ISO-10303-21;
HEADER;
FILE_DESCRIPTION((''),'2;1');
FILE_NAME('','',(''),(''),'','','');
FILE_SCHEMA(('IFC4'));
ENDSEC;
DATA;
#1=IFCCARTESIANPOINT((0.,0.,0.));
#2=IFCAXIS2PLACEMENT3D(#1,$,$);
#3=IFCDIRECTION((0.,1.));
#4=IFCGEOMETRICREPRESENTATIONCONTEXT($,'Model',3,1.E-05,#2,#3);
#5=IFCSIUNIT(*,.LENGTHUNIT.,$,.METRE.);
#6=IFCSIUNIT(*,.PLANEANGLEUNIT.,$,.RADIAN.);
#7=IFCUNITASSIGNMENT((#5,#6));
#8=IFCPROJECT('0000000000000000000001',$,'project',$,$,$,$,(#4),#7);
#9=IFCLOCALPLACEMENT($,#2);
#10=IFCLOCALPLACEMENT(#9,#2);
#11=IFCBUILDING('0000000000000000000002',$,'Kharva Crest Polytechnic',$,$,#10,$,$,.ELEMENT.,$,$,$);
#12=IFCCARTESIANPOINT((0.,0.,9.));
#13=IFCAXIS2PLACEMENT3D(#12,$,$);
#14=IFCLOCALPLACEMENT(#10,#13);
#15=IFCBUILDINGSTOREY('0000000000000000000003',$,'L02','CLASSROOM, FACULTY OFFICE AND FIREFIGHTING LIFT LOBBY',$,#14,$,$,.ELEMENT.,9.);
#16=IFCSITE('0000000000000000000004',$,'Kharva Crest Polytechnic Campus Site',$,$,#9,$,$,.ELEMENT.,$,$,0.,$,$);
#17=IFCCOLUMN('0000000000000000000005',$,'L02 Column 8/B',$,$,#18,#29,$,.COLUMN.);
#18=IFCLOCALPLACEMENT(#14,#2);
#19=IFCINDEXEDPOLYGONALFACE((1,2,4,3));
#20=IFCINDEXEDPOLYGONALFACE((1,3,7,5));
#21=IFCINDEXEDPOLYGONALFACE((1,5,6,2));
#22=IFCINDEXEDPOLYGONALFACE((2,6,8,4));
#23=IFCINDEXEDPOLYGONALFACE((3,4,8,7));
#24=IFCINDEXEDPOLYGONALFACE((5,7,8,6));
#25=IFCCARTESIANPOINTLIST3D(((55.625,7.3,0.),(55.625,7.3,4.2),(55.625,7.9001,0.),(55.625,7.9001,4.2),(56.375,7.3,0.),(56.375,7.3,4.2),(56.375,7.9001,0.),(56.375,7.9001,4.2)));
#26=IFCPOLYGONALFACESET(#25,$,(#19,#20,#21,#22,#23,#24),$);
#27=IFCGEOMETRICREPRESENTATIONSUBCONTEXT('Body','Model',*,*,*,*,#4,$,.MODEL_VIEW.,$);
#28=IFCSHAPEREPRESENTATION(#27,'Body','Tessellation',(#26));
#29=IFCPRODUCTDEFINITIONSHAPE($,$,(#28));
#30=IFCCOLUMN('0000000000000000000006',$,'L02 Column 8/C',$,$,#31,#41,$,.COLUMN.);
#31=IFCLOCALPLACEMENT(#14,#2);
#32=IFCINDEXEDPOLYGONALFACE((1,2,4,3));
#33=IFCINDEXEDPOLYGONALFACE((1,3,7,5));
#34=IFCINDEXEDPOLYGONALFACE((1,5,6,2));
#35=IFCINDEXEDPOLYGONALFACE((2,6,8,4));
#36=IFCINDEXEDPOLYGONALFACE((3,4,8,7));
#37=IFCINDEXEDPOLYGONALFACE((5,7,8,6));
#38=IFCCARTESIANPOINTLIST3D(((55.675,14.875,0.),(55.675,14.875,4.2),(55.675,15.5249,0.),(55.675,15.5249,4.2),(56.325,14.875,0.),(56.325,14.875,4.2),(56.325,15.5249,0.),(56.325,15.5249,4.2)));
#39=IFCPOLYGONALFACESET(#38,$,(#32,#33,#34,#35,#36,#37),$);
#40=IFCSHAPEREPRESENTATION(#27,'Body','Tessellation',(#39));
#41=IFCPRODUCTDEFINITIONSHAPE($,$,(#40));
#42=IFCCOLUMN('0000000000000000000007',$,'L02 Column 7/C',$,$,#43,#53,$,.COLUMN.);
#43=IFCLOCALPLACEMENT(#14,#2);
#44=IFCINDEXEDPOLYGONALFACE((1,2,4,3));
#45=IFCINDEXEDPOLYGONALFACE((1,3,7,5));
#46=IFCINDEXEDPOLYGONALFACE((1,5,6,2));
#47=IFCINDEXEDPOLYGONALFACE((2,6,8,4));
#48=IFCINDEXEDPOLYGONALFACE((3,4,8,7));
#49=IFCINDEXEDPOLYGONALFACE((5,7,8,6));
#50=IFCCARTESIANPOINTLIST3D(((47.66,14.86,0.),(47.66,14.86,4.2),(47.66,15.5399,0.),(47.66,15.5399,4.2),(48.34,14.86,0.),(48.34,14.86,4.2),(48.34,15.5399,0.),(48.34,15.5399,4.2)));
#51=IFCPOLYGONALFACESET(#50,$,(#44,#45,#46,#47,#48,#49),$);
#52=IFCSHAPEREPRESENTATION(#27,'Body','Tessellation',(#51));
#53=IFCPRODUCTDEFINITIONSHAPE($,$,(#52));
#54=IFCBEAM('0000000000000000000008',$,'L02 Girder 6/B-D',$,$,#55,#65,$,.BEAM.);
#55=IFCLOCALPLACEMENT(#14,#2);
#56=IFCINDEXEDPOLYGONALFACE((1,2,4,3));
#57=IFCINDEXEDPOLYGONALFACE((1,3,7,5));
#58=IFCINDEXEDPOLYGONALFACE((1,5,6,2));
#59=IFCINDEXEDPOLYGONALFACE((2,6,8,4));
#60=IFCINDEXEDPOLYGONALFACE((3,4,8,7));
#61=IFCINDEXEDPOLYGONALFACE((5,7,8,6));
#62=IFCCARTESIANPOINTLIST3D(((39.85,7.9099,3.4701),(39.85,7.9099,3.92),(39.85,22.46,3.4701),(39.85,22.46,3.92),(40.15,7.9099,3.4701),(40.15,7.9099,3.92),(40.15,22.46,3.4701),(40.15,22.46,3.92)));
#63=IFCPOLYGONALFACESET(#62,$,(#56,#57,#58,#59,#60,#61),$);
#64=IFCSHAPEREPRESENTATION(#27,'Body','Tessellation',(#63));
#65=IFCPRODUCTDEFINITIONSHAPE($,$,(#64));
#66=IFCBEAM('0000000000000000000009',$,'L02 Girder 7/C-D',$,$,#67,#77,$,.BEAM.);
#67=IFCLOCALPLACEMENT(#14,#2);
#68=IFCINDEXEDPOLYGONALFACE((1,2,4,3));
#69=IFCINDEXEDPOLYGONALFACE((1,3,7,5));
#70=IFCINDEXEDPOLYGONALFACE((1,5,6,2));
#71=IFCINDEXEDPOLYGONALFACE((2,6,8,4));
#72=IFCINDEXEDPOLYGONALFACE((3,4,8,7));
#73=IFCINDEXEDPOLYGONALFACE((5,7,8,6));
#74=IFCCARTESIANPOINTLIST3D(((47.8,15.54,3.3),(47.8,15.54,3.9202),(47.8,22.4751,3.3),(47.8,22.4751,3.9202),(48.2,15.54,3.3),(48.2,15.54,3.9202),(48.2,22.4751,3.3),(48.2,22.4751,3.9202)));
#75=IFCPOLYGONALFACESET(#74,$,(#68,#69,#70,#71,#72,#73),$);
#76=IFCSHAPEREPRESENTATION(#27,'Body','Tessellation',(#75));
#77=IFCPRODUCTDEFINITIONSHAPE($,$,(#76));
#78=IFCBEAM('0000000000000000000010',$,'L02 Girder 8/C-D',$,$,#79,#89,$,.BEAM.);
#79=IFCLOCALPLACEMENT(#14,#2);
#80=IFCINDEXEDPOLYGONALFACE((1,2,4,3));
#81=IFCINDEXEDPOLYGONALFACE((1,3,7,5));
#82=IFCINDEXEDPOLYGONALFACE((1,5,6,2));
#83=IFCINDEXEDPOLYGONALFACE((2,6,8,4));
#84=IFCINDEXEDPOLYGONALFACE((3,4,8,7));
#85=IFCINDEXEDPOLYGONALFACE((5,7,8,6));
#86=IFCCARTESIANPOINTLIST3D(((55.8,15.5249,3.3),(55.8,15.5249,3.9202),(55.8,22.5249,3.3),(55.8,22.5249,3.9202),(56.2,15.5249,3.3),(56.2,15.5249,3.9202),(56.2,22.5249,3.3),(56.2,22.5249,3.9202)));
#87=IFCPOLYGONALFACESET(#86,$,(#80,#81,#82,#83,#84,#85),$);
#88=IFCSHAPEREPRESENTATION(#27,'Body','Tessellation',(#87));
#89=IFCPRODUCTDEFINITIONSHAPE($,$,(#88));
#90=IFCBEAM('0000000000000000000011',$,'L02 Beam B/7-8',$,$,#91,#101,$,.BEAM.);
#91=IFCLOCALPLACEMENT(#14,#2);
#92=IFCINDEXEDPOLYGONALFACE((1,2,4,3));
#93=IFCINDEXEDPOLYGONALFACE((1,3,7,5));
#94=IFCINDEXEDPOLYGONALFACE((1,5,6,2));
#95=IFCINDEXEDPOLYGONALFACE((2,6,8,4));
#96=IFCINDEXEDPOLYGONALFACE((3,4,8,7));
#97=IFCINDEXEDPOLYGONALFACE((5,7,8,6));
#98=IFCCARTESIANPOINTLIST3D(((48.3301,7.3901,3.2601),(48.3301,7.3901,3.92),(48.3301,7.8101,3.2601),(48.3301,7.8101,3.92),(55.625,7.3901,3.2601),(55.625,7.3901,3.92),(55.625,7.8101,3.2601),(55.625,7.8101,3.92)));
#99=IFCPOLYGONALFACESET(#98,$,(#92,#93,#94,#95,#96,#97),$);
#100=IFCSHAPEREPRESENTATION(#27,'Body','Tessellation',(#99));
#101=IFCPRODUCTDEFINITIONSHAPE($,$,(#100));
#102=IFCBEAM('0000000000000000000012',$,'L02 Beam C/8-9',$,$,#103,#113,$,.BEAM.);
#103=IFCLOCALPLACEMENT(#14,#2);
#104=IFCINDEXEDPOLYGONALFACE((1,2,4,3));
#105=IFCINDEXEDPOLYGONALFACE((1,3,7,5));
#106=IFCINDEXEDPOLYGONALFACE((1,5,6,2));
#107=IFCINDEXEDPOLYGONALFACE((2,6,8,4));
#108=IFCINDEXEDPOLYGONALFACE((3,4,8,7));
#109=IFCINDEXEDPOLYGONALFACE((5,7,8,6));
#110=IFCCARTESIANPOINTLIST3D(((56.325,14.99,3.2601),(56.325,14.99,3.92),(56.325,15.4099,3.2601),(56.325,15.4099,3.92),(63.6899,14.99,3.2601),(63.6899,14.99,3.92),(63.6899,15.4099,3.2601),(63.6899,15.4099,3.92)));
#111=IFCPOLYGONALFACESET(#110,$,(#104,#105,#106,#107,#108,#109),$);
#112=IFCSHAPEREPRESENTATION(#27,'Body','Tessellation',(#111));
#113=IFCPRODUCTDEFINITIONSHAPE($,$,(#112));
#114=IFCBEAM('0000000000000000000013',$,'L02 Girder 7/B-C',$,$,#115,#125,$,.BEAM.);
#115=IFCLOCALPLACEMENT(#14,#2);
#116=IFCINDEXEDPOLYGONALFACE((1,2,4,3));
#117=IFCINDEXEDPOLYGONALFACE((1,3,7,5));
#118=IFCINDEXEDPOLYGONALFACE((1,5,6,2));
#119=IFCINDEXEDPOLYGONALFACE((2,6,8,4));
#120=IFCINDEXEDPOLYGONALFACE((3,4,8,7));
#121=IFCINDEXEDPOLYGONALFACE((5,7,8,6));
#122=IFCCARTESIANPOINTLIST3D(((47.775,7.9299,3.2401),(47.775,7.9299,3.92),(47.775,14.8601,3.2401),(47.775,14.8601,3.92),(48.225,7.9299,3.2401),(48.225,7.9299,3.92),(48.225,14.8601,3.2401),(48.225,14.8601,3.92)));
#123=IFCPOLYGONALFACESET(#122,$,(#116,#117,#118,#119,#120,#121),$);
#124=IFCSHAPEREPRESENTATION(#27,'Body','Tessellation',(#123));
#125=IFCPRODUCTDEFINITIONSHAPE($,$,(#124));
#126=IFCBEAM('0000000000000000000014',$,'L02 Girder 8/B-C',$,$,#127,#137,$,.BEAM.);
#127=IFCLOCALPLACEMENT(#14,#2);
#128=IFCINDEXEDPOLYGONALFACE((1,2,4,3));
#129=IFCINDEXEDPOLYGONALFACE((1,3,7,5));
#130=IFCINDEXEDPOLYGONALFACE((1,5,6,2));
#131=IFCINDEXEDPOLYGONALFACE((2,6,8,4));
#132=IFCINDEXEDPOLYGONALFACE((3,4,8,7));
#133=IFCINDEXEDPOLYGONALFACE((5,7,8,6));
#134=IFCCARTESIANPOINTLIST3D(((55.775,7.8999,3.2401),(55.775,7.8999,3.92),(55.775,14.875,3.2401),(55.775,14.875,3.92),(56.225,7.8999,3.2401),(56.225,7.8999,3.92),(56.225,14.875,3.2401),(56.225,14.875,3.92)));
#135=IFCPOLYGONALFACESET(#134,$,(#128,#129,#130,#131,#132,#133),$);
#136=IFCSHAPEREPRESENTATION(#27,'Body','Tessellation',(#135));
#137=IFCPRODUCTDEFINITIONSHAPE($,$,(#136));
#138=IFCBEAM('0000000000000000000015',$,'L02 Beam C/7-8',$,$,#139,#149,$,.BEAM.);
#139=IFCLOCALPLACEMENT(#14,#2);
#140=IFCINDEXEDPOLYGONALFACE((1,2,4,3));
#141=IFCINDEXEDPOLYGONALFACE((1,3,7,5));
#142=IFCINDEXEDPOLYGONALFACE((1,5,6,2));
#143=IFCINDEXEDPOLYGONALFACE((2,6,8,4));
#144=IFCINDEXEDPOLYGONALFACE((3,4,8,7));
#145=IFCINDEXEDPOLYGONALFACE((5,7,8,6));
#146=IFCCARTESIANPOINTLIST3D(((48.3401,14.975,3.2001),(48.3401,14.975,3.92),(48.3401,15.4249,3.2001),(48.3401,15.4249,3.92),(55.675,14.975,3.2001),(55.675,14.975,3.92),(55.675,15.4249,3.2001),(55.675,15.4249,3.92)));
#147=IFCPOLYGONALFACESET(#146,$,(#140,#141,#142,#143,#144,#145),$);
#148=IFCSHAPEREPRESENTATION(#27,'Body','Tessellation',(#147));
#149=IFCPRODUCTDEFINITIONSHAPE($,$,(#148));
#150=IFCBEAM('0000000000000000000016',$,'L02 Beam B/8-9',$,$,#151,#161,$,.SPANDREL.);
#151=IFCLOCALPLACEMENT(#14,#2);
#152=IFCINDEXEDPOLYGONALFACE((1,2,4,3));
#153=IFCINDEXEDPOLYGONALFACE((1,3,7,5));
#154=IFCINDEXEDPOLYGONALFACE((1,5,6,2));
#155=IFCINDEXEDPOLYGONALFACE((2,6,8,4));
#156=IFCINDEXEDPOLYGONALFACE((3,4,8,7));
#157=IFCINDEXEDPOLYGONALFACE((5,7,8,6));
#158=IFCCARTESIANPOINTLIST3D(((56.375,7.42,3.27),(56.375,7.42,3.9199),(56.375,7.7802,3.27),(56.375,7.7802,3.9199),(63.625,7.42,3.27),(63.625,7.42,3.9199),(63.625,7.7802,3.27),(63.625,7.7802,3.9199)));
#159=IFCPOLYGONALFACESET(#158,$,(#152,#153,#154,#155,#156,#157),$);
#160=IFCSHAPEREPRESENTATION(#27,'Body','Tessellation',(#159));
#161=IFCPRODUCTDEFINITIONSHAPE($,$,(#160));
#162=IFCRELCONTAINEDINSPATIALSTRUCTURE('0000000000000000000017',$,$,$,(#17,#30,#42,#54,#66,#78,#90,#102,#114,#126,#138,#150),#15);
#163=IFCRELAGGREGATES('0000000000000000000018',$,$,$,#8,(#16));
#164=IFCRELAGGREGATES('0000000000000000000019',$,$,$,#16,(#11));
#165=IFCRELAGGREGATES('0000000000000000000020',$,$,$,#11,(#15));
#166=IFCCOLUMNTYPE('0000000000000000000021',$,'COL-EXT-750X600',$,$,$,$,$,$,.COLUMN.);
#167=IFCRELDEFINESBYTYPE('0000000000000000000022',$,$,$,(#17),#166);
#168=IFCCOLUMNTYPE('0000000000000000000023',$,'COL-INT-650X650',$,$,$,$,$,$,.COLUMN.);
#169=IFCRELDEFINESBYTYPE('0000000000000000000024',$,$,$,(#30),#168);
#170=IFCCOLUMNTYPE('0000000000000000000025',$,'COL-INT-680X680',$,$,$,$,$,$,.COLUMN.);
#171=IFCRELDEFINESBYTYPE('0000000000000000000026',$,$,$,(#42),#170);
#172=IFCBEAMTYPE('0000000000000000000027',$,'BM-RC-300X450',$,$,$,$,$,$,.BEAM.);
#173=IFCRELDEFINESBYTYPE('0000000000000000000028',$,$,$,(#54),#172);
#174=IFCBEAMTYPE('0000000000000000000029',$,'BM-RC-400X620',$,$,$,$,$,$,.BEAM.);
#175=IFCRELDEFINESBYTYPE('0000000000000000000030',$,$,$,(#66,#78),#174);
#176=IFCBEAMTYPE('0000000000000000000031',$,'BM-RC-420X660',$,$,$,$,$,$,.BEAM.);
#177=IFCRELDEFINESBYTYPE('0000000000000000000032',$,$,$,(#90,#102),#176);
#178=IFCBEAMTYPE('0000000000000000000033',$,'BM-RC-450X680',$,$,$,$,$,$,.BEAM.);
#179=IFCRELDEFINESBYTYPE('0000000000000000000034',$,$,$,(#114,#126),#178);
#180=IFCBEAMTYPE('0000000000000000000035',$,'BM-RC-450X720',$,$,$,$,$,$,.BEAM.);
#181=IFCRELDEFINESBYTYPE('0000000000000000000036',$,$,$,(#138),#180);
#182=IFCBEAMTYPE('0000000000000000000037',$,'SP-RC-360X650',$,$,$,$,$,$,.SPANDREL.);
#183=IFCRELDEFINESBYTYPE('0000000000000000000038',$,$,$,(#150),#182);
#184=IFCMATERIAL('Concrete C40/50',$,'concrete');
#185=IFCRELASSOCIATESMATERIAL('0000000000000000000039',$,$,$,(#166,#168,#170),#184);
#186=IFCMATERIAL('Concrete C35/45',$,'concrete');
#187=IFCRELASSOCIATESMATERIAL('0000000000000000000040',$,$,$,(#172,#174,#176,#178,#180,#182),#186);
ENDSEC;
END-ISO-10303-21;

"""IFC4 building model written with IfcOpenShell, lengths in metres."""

from ifc_helpers import new_model, si_unit, direction, frame, origin, origin_2d, place, context, subcontext, project, spatial, rectangle, extrude, material, material_profile, profile_set, type_object, element, save


model = new_model("IFC4")

# Units and contexts
model_context = context("Model", 3, precision=1e-05, world=origin(), true_north=direction((0.0, 1.0)))
body_context = subcontext(model_context, "Body", "Model", "MODEL_VIEW")
ifc_project = project(units=[si_unit("LENGTHUNIT", "METRE"), si_unit("PLANEANGLEUNIT", "RADIAN")], contexts=[model_context])

# Site, building, storey
site_placement = place(None, origin())
site = spatial("IfcSite", under=ifc_project, at=site_placement, Name="Kharva Crest Polytechnic Campus Site", CompositionType="ELEMENT", RefElevation=0.0)
building_placement = place(site_placement, origin())
building = spatial("IfcBuilding", under=site, at=building_placement, Name="Kharva Crest Polytechnic", CompositionType="ELEMENT")
storey_placement = place(building_placement, frame((0.0, 0.0, 9.0)))
storey = spatial("IfcBuildingStorey", under=building, at=storey_placement, Name="L02", Description="CLASSROOM, FACULTY OFFICE AND FIREFIGHTING LIFT LOBBY", CompositionType="ELEMENT", Elevation=9.0)

# Columns
ifc_material_1 = material(Name="Concrete C40/50", Category="concrete")
ifc_material_profile_1 = material_profile(ifc_material_1, rectangle(XDim=0.75, YDim=0.6001, at=origin_2d()), Name="RECT 750 X 600")
ifc_profile_set_1 = profile_set([ifc_material_profile_1], Name="Concrete C40/50")
column_type_1 = type_object("IfcColumnType", Name="COL-EXT-750X600", PredefinedType="COLUMN", material=ifc_profile_set_1)
column_1_placement = place(storey_placement, frame((56.0, 7.6001, 0.0), z_axis=(0.0, 0.0, 1.0), x_axis=(1.0, 0.0, 0.0)))
element("IfcColumn", 1, at=column_1_placement, inside=storey, type_object=column_type_1, Name="L02 Column 8/B", PredefinedType="COLUMN", context=body_context, shape_type="SweptSolid", body=[
    extrude(rectangle(XDim=0.75, YDim=0.6001, at=origin_2d()), origin(), (0.0, 0.0, 1.0), 4.2),
])
ifc_material_profile_2 = material_profile(ifc_material_1, rectangle(XDim=0.6499, YDim=0.6499, at=origin_2d()), Name="RECT 650 X 650")
ifc_profile_set_2 = profile_set([ifc_material_profile_2], Name="Concrete C40/50")
column_type_2 = type_object("IfcColumnType", Name="COL-INT-650X650", PredefinedType="COLUMN", material=ifc_profile_set_2)
column_2_placement = place(storey_placement, frame((56.0, 15.2, 0.0), z_axis=(0.0, 0.0, 1.0), x_axis=(1.0, 0.0, 0.0)))
element("IfcColumn", 2, at=column_2_placement, inside=storey, type_object=column_type_2, Name="L02 Column 8/C", PredefinedType="COLUMN", context=body_context, shape_type="SweptSolid", body=[
    extrude(rectangle(XDim=0.6499, YDim=0.6499, at=origin_2d()), origin(), (0.0, 0.0, 1.0), 4.2),
])
ifc_material_profile_3 = material_profile(ifc_material_1, rectangle(XDim=0.6799, YDim=0.6799, at=origin_2d()), Name="RECT 680 X 680")
ifc_profile_set_3 = profile_set([ifc_material_profile_3], Name="Concrete C40/50")
column_type_3 = type_object("IfcColumnType", Name="COL-INT-680X680", PredefinedType="COLUMN", material=ifc_profile_set_3)
column_3_placement = place(storey_placement, frame((48.0, 15.2, 0.0), z_axis=(0.0, 0.0, 1.0), x_axis=(1.0, 0.0, 0.0)))
element("IfcColumn", 3, at=column_3_placement, inside=storey, type_object=column_type_3, Name="L02 Column 7/C", PredefinedType="COLUMN", context=body_context, shape_type="SweptSolid", body=[
    extrude(rectangle(XDim=0.6799, YDim=0.6799, at=origin_2d()), origin(), (0.0, 0.0, 1.0), 4.2),
])

# Beams
ifc_material_2 = material(Name="Concrete C35/45", Category="concrete")
ifc_material_profile_4 = material_profile(ifc_material_2, rectangle(XDim=0.3, YDim=0.45, at=origin_2d()), Name="RECT 300 X 450")
ifc_profile_set_4 = profile_set([ifc_material_profile_4], Name="Concrete C35/45")
beam_type_1 = type_object("IfcBeamType", Name="BM-RC-300X450", PredefinedType="BEAM", material=ifc_profile_set_4)
beam_1_placement = place(storey_placement, frame((40.0, 7.9099, 3.6951), z_axis=(0.0, 1.0, 0.0), x_axis=(-1.0, 0.0, 0.0)))
element("IfcBeam", 4, at=beam_1_placement, inside=storey, type_object=beam_type_1, Name="L02 Girder 6/B-D", PredefinedType="BEAM", context=body_context, shape_type="SweptSolid", body=[
    extrude(rectangle(XDim=0.3, YDim=0.45, at=origin_2d()), origin(), (0.0, 0.0, 1.0), 14.55),
])
ifc_material_profile_5 = material_profile(ifc_material_2, rectangle(XDim=0.3999, YDim=0.6201, at=origin_2d()), Name="RECT 400 X 620")
ifc_profile_set_5 = profile_set([ifc_material_profile_5], Name="Concrete C35/45")
beam_type_2 = type_object("IfcBeamType", Name="BM-RC-400X620", PredefinedType="BEAM", material=ifc_profile_set_5)
beam_2_placement = place(storey_placement, frame((48.0, 15.54, 3.6101), z_axis=(0.0, 1.0, 0.0), x_axis=(-1.0, 0.0, 0.0)))
element("IfcBeam", 5, at=beam_2_placement, inside=storey, type_object=beam_type_2, Name="L02 Girder 7/C-D", PredefinedType="BEAM", context=body_context, shape_type="SweptSolid", body=[
    extrude(rectangle(XDim=0.3999, YDim=0.6201, at=origin_2d()), origin(), (0.0, 0.0, 1.0), 6.9351),
])
beam_3_placement = place(storey_placement, frame((56.0, 15.5249, 3.6101), z_axis=(0.0, 1.0, 0.0), x_axis=(-1.0, 0.0, 0.0)))
element("IfcBeam", 6, at=beam_3_placement, inside=storey, type_object=beam_type_2, Name="L02 Girder 8/C-D", PredefinedType="BEAM", context=body_context, shape_type="SweptSolid", body=[
    extrude(rectangle(XDim=0.3999, YDim=0.6201, at=origin_2d()), origin(), (0.0, 0.0, 1.0), 7.0),
])
ifc_material_profile_6 = material_profile(ifc_material_2, rectangle(XDim=0.4199, YDim=0.6599, at=origin_2d()), Name="RECT 420 X 660")
ifc_profile_set_6 = profile_set([ifc_material_profile_6], Name="Concrete C35/45")
beam_type_3 = type_object("IfcBeamType", Name="BM-RC-420X660", PredefinedType="BEAM", material=ifc_profile_set_6)
beam_4_placement = place(storey_placement, frame((48.3301, 7.6001, 3.5901), z_axis=(1.0, 0.0, 0.0), x_axis=(0.0, 1.0, 0.0)))
element("IfcBeam", 7, at=beam_4_placement, inside=storey, type_object=beam_type_3, Name="L02 Beam B/7-8", PredefinedType="BEAM", context=body_context, shape_type="SweptSolid", body=[
    extrude(rectangle(XDim=0.4199, YDim=0.6599, at=origin_2d()), origin(), (0.0, 0.0, 1.0), 7.2949),
])
beam_5_placement = place(storey_placement, frame((56.325, 15.2, 3.5901), z_axis=(1.0, 0.0, 0.0), x_axis=(0.0, 1.0, 0.0)))
element("IfcBeam", 8, at=beam_5_placement, inside=storey, type_object=beam_type_3, Name="L02 Beam C/8-9", PredefinedType="BEAM", context=body_context, shape_type="SweptSolid", body=[
    extrude(rectangle(XDim=0.4199, YDim=0.6599, at=origin_2d()), origin(), (0.0, 0.0, 1.0), 7.365),
])
ifc_material_profile_7 = material_profile(ifc_material_2, rectangle(XDim=0.45, YDim=0.6799, at=origin_2d()), Name="RECT 450 X 680")
ifc_profile_set_7 = profile_set([ifc_material_profile_7], Name="Concrete C35/45")
beam_type_4 = type_object("IfcBeamType", Name="BM-RC-450X680", PredefinedType="BEAM", material=ifc_profile_set_7)
beam_6_placement = place(storey_placement, frame((48.0, 7.9299, 3.5801), z_axis=(0.0, 1.0, 0.0), x_axis=(-1.0, 0.0, 0.0)))
element("IfcBeam", 9, at=beam_6_placement, inside=storey, type_object=beam_type_4, Name="L02 Girder 7/B-C", PredefinedType="BEAM", context=body_context, shape_type="SweptSolid", body=[
    extrude(rectangle(XDim=0.45, YDim=0.6799, at=origin_2d()), origin(), (0.0, 0.0, 1.0), 6.9302),
])
beam_7_placement = place(storey_placement, frame((56.0, 7.8999, 3.5801), z_axis=(0.0, 1.0, 0.0), x_axis=(-1.0, 0.0, 0.0)))
element("IfcBeam", 10, at=beam_7_placement, inside=storey, type_object=beam_type_4, Name="L02 Girder 8/B-C", PredefinedType="BEAM", context=body_context, shape_type="SweptSolid", body=[
    extrude(rectangle(XDim=0.45, YDim=0.6799, at=origin_2d()), origin(), (0.0, 0.0, 1.0), 6.9751),
])
ifc_material_profile_8 = material_profile(ifc_material_2, rectangle(XDim=0.45, YDim=0.72, at=origin_2d()), Name="RECT 450 X 720")
ifc_profile_set_8 = profile_set([ifc_material_profile_8], Name="Concrete C35/45")
beam_type_5 = type_object("IfcBeamType", Name="BM-RC-450X720", PredefinedType="BEAM", material=ifc_profile_set_8)
beam_8_placement = place(storey_placement, frame((48.3401, 15.2, 3.5601), z_axis=(1.0, 0.0, 0.0), x_axis=(0.0, 1.0, 0.0)))
element("IfcBeam", 11, at=beam_8_placement, inside=storey, type_object=beam_type_5, Name="L02 Beam C/7-8", PredefinedType="BEAM", context=body_context, shape_type="SweptSolid", body=[
    extrude(rectangle(XDim=0.45, YDim=0.72, at=origin_2d()), origin(), (0.0, 0.0, 1.0), 7.335),
])
ifc_material_profile_9 = material_profile(ifc_material_2, rectangle(XDim=0.3601, YDim=0.6499, at=origin_2d()), Name="RECT 360 X 650")
ifc_profile_set_9 = profile_set([ifc_material_profile_9], Name="Concrete C35/45")
beam_type_6 = type_object("IfcBeamType", Name="SP-RC-360X650", PredefinedType="SPANDREL", material=ifc_profile_set_9)
beam_9_placement = place(storey_placement, frame((56.375, 7.6001, 3.595), z_axis=(1.0, 0.0, 0.0), x_axis=(0.0, 1.0, 0.0)))
element("IfcBeam", 12, at=beam_9_placement, inside=storey, type_object=beam_type_6, Name="L02 Beam B/8-9", PredefinedType="SPANDREL", context=body_context, shape_type="SweptSolid", body=[
    extrude(rectangle(XDim=0.3601, YDim=0.6499, at=origin_2d()), origin(), (0.0, 0.0, 1.0), 7.25),
])

save(model, "model.ifc")
